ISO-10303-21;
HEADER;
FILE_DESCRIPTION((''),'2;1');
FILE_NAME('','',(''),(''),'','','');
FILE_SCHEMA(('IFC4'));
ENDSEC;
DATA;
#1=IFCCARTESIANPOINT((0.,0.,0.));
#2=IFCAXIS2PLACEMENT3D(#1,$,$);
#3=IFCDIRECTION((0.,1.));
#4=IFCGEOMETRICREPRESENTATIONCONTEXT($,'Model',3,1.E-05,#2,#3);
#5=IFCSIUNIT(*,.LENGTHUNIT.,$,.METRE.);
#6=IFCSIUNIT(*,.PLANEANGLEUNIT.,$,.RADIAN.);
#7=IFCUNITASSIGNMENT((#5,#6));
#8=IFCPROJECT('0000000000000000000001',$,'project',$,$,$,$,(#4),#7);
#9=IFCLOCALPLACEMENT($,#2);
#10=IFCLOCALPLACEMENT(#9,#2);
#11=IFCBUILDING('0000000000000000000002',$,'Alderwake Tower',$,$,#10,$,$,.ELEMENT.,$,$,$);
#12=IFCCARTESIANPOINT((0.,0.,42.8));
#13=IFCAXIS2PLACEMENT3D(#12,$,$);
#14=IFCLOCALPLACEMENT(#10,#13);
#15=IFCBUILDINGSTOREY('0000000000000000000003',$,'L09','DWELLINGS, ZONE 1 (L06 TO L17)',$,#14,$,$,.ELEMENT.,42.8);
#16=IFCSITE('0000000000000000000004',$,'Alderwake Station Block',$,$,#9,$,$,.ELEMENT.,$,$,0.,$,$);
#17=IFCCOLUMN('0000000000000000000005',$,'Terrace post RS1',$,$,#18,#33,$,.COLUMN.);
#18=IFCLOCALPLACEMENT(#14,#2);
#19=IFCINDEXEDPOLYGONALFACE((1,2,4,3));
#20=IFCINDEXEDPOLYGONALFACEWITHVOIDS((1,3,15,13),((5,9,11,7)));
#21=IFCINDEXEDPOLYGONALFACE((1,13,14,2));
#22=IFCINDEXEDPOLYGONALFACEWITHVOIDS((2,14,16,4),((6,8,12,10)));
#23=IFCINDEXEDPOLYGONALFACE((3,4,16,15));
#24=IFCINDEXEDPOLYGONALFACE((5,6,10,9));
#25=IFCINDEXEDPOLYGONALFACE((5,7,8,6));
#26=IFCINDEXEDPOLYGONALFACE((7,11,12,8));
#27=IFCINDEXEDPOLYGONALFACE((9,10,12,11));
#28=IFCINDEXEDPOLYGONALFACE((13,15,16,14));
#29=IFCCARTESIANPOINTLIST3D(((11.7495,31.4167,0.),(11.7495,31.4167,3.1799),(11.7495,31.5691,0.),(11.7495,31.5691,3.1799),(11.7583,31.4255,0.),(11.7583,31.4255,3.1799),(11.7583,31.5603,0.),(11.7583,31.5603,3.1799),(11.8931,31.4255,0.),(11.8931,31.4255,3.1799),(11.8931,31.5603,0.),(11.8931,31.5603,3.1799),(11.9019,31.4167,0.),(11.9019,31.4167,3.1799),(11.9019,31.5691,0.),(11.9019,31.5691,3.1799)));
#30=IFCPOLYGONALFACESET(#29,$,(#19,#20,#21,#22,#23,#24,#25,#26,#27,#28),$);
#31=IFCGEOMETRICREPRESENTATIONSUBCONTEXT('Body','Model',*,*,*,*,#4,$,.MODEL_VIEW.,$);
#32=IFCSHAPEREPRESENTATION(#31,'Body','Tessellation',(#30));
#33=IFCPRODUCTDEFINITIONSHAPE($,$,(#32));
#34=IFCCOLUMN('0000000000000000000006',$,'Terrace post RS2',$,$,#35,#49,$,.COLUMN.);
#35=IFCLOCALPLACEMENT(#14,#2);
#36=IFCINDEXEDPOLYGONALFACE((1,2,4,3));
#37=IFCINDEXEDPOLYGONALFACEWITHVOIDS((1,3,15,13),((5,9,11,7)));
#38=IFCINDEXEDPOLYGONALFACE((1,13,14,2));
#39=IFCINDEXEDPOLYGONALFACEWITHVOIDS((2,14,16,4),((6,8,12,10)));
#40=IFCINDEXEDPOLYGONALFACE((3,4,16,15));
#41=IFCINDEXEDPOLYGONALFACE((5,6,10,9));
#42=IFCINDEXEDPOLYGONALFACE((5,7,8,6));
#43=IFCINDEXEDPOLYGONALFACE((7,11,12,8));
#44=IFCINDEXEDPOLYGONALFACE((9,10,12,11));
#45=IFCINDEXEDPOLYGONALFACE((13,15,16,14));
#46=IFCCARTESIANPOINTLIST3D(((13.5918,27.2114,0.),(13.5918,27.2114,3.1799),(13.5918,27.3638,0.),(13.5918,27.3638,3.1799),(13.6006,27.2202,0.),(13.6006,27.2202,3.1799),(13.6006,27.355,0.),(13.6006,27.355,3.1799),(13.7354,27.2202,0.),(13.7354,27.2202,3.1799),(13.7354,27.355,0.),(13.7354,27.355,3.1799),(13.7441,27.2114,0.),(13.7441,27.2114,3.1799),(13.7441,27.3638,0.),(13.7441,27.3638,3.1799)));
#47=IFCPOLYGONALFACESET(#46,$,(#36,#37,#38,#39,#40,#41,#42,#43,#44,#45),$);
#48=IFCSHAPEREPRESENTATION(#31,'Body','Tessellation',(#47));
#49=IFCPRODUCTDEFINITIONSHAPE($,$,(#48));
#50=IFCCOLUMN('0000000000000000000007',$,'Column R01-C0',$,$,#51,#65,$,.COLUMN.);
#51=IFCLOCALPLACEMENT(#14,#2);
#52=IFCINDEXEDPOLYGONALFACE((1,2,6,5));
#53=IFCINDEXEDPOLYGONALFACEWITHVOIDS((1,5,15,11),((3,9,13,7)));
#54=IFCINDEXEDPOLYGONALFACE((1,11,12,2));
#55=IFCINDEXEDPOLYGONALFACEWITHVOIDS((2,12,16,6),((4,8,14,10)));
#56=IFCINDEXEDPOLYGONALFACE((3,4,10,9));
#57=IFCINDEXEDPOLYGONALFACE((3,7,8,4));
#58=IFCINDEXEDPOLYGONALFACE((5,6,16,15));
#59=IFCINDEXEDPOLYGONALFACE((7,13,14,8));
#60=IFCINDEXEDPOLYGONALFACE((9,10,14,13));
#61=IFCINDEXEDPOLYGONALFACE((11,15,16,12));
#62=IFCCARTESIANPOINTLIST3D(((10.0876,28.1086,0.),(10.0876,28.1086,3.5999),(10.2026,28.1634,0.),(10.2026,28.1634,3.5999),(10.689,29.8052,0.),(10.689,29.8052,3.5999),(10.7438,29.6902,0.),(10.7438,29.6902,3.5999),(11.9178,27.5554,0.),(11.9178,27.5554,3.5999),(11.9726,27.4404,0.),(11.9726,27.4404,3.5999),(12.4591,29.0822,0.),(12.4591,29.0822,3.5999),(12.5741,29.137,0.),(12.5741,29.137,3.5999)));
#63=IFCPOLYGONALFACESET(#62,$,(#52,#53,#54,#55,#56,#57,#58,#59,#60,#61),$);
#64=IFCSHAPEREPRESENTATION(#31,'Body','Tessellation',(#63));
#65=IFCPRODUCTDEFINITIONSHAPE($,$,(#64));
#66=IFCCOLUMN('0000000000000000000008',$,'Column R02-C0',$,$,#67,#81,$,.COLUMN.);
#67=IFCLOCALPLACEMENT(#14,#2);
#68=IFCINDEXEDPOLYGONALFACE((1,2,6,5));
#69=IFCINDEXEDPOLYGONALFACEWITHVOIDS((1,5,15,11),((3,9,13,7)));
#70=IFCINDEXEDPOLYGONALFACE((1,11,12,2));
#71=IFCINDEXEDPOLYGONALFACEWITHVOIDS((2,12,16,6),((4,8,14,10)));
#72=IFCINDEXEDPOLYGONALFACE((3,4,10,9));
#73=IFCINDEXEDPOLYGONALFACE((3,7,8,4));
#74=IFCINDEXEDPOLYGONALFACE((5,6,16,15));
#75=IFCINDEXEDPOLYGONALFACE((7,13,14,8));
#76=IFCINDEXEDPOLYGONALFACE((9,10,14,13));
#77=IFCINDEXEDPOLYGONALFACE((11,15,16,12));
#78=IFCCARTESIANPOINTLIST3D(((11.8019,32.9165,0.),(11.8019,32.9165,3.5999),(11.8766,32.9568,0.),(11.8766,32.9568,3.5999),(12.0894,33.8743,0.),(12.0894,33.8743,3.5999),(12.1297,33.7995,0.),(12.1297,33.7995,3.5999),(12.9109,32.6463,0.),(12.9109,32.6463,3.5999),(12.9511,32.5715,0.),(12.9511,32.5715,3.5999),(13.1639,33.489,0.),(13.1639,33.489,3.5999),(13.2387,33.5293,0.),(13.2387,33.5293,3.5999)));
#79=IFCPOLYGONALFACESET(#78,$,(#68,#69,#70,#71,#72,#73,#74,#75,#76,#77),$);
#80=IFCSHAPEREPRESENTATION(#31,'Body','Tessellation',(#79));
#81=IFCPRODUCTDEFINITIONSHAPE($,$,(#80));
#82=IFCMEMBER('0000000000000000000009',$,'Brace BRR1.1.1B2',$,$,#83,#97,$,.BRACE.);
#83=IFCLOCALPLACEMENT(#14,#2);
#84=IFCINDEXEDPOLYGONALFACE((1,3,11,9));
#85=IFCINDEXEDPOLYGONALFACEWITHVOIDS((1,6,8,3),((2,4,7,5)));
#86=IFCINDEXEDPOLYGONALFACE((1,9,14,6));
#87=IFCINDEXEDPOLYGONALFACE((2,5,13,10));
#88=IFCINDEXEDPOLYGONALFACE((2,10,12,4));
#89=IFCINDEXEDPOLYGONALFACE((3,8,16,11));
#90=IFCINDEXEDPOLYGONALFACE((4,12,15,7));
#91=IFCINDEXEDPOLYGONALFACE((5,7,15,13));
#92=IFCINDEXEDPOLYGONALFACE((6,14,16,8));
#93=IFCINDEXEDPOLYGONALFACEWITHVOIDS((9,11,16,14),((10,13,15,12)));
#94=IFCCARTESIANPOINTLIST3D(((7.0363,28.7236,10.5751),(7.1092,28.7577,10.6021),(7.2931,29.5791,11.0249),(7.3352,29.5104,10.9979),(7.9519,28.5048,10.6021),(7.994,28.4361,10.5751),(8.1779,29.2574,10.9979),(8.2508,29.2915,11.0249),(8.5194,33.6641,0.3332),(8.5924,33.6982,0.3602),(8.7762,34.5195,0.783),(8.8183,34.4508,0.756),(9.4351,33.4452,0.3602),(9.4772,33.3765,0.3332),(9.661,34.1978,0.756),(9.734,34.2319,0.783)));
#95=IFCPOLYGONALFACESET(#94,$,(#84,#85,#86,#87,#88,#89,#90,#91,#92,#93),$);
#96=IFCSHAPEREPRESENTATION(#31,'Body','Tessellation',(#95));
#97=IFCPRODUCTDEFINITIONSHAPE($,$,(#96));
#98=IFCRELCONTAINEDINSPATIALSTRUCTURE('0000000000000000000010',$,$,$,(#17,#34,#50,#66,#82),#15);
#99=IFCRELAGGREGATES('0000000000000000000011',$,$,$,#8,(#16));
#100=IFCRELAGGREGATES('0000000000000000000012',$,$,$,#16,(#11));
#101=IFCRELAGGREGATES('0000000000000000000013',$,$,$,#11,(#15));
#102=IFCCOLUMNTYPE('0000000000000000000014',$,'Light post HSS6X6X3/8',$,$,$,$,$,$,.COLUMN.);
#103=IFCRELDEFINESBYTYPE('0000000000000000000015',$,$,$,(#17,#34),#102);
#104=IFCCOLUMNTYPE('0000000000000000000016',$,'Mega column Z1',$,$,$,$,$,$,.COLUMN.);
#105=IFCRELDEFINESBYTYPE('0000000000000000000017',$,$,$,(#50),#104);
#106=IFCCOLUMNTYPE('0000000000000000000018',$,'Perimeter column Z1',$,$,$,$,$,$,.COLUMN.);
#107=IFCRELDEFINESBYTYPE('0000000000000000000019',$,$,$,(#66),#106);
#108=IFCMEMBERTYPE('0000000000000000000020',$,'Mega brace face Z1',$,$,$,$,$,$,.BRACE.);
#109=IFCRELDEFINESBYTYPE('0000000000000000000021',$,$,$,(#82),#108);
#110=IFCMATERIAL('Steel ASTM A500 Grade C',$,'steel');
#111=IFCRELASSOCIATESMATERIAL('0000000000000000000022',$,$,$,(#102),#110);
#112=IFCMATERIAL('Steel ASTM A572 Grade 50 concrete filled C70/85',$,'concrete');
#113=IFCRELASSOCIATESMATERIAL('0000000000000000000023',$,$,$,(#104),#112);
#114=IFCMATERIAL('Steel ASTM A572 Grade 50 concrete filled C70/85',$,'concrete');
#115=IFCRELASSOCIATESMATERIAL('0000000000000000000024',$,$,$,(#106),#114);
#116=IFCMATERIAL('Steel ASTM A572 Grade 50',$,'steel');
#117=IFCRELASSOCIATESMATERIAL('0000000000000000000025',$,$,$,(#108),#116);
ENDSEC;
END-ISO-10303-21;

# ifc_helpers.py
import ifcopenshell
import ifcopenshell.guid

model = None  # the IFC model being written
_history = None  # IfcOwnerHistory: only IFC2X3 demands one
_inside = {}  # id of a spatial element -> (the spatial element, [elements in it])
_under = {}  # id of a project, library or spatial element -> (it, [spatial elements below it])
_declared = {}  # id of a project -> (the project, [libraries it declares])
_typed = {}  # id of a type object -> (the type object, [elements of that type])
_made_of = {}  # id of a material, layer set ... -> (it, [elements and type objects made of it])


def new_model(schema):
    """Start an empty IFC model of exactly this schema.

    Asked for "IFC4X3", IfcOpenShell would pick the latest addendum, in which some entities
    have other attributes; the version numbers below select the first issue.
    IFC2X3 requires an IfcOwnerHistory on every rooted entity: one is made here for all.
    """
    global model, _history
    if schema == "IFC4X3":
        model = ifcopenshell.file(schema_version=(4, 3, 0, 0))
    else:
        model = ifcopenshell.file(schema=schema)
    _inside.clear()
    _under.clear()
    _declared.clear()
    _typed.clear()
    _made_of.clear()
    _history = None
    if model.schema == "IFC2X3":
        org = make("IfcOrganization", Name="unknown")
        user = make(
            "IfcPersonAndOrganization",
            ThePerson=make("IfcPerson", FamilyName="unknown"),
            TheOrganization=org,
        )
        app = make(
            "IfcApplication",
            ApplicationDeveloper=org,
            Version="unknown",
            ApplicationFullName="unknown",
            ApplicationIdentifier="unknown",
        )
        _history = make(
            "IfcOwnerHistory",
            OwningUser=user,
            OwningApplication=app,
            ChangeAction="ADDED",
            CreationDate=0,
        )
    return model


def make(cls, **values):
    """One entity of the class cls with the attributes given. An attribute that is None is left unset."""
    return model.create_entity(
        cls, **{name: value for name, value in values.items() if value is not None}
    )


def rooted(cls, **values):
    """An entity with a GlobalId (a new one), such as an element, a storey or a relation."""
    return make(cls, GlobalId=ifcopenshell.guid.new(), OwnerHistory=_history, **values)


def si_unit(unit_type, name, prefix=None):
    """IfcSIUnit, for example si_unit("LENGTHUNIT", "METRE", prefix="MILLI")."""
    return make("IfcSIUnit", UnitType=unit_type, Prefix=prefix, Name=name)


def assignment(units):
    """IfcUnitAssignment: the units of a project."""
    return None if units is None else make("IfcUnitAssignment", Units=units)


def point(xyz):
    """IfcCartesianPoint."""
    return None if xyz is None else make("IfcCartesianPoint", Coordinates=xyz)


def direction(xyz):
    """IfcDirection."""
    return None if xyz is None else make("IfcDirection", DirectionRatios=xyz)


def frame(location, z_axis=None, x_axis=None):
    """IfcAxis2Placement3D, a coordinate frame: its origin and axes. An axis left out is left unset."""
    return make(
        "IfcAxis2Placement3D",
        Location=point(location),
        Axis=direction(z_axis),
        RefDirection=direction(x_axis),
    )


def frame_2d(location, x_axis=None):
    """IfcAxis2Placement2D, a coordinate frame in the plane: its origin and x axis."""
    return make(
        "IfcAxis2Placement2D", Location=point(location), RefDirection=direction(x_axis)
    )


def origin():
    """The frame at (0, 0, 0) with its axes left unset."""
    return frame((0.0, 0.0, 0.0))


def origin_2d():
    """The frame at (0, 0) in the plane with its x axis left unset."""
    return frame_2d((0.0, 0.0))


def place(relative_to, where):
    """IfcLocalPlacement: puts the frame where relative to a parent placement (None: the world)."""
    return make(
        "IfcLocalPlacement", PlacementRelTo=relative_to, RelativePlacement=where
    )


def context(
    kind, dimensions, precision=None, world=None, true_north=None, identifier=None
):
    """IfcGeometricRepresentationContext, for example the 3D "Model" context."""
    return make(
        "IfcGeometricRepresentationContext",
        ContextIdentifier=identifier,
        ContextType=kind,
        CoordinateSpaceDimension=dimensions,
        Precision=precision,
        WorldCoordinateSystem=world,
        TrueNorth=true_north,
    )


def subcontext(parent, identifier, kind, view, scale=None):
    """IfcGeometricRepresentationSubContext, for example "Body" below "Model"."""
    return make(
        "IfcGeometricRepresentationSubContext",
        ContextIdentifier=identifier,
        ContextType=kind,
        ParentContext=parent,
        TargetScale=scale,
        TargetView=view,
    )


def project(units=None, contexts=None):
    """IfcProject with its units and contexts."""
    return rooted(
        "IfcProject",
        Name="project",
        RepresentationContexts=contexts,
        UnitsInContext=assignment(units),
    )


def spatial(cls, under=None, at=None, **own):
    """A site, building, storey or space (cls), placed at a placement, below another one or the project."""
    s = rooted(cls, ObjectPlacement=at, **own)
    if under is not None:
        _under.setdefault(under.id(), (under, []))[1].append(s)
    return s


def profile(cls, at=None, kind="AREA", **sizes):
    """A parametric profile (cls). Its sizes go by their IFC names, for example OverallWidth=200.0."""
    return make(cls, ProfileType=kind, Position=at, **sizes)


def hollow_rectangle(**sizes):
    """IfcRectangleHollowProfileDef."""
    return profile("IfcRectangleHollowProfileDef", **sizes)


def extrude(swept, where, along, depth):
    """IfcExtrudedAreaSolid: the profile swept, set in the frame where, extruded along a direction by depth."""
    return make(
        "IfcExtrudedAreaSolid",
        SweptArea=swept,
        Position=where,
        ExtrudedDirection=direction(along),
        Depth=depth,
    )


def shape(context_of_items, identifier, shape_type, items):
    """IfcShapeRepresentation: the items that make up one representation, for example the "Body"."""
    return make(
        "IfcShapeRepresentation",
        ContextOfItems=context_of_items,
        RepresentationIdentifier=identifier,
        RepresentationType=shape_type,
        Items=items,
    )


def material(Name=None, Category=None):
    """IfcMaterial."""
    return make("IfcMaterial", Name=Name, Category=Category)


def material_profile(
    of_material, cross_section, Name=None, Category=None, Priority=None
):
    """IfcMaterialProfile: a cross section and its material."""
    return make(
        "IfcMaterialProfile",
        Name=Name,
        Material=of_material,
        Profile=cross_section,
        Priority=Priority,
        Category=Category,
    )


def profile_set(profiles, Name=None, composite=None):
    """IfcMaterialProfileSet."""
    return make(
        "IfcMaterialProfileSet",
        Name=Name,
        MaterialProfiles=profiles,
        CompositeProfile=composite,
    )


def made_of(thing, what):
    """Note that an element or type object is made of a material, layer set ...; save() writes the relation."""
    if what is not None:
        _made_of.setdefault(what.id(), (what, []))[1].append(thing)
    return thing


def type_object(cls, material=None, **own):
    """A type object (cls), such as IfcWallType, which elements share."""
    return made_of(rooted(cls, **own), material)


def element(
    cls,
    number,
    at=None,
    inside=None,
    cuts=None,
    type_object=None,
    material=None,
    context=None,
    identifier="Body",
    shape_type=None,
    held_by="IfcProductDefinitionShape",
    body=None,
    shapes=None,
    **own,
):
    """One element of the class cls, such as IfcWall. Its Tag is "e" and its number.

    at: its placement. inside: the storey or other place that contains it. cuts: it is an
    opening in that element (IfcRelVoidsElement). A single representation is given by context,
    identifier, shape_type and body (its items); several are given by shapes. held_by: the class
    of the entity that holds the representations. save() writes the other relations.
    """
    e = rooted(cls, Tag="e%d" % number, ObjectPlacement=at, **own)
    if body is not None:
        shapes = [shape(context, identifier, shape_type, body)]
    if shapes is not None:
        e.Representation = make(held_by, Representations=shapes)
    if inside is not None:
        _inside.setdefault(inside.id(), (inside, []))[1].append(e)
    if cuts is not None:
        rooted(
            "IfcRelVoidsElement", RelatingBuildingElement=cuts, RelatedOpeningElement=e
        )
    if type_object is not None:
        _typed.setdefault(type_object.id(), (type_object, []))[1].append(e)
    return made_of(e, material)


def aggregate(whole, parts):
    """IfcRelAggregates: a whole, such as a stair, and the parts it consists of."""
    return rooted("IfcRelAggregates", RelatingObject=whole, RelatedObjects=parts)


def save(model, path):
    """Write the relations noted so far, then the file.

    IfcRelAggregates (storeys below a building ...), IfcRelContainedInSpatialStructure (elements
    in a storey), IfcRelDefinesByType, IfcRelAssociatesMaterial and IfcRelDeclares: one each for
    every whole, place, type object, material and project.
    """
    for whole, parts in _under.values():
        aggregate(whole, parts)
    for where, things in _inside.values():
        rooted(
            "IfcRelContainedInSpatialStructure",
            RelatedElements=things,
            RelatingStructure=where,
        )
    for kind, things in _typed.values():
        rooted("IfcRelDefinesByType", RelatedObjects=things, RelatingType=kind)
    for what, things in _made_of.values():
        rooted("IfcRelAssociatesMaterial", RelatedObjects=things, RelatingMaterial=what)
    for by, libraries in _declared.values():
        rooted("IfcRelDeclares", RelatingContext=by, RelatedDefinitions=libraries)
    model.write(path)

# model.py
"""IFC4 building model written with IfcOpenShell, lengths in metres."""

from ifc_helpers import new_model, si_unit, direction, frame, origin, origin_2d, place, context, subcontext, project, spatial, hollow_rectangle, extrude, material, material_profile, profile_set, type_object, element, save


model = new_model("IFC4")

# Units and contexts
model_context = context("Model", 3, precision=1e-05, world=origin(), true_north=direction((0.0, 1.0)))
body_context = subcontext(model_context, "Body", "Model", "MODEL_VIEW")
ifc_project = project(units=[si_unit("LENGTHUNIT", "METRE"), si_unit("PLANEANGLEUNIT", "RADIAN")], contexts=[model_context])

# Site, building, storey
site_placement = place(None, origin())
site = spatial("IfcSite", under=ifc_project, at=site_placement, Name="Alderwake Station Block", CompositionType="ELEMENT", RefElevation=0.0)
building_placement = place(site_placement, origin())
building = spatial("IfcBuilding", under=site, at=building_placement, Name="Alderwake Tower", CompositionType="ELEMENT")
storey_placement = place(building_placement, frame((0.0, 0.0, 42.8)))
storey = spatial("IfcBuildingStorey", under=building, at=storey_placement, Name="L09", Description="DWELLINGS, ZONE 1 (L06 TO L17)", CompositionType="ELEMENT", Elevation=42.8)

# Columns
ifc_material_1 = material(Name="Steel ASTM A500 Grade C", Category="steel")
ifc_material_profile_1 = material_profile(ifc_material_1, hollow_rectangle(XDim=0.1523, YDim=0.1523, WallThickness=0.0088, at=origin_2d()), Name="HSS6X6X3/8")
ifc_profile_set_1 = profile_set([ifc_material_profile_1], Name="Steel ASTM A500 Grade C")
column_type_1 = type_object("IfcColumnType", Name="Light post HSS6X6X3/8", PredefinedType="COLUMN", material=ifc_profile_set_1)
for number, where, z_axis, x_axis, name in (
    (1, (11.8257, 31.4929, 0.0), (0.0, 0.0, 1.0), (1.0, 0.0, 0.0), "Terrace post RS1"),
    (2, (13.668, 27.2876, 0.0), (0.0, 0.0, 1.0), (1.0, 0.0, 0.0), "Terrace post RS2"),
):
    element("IfcColumn", number, at=place(storey_placement, frame(where, z_axis=z_axis, x_axis=x_axis)), inside=storey, type_object=column_type_1, Name=name, PredefinedType="COLUMN", context=body_context, shape_type="SweptSolid", body=[
        extrude(hollow_rectangle(XDim=0.1523, YDim=0.1523, WallThickness=0.0088, at=origin_2d()), origin(), (0.0, 0.0, 1.0), 3.1799),
    ])
ifc_material_2 = material(Name="Steel ASTM A572 Grade 50 concrete filled C70/85", Category="concrete")
ifc_material_profile_2 = material_profile(ifc_material_2, hollow_rectangle(XDim=1.8, YDim=2.0, WallThickness=0.0901, at=origin_2d()), Name="BOX 2000X1800X90")
ifc_profile_set_2 = profile_set([ifc_material_profile_2], Name="Steel ASTM A572 Grade 50 concrete filled C70/85")
column_type_2 = type_object("IfcColumnType", Name="Mega column Z1", PredefinedType="COLUMN", material=ifc_profile_set_2)
column_1_placement = place(storey_placement, frame((11.3308, 28.6228, 0.0), z_axis=(0.0, 0.0, 1.0), x_axis=(0.334131, 0.942527, 0.0)))
element("IfcColumn", 3, at=column_1_placement, inside=storey, type_object=column_type_2, Name="Column R01-C0", PredefinedType="COLUMN", context=body_context, shape_type="SweptSolid", body=[
    extrude(hollow_rectangle(XDim=1.8, YDim=2.0, WallThickness=0.0901, at=origin_2d()), origin(), (0.0, 0.0, 1.0), 3.5999),
])
ifc_material_3 = material(Name="Steel ASTM A572 Grade 50 concrete filled C70/85", Category="concrete")
ifc_material_profile_3 = material_profile(ifc_material_3, hollow_rectangle(XDim=1.0, YDim=1.2, WallThickness=0.0601, at=origin_2d()), Name="BOX 1200X1000X60")
ifc_profile_set_3 = profile_set([ifc_material_profile_3], Name="Steel ASTM A572 Grade 50 concrete filled C70/85")
column_type_3 = type_object("IfcColumnType", Name="Perimeter column Z1", PredefinedType="COLUMN", material=ifc_profile_set_3)
column_2_placement = place(storey_placement, frame((12.5203, 33.2229, 0.0), z_axis=(0.0, 0.0, 1.0), x_axis=(0.287549, 0.957766, 0.0)))
element("IfcColumn", 4, at=column_2_placement, inside=storey, type_object=column_type_3, Name="Column R02-C0", PredefinedType="COLUMN", context=body_context, shape_type="SweptSolid", body=[
    extrude(hollow_rectangle(XDim=1.0, YDim=1.2, WallThickness=0.0601, at=origin_2d()), origin(), (0.0, 0.0, 1.0), 3.5999),
])

# Member
ifc_material_4 = material(Name="Steel ASTM A572 Grade 50", Category="steel")
ifc_material_profile_4 = material_profile(ifc_material_4, hollow_rectangle(XDim=1.0, YDim=1.0, WallThickness=0.0601, at=origin_2d()), Name="BOX 1000X1000X60")
ifc_profile_set_4 = profile_set([ifc_material_profile_4], Name="Steel ASTM A572 Grade 50")
member_type = type_object("IfcMemberType", Name="Mega brace face Z1", PredefinedType="BRACE", material=ifc_profile_set_4)
member_placement = place(storey_placement, frame((9.1267, 33.948, 0.5581), z_axis=(-0.129335, -0.430818, 0.893123), x_axis=(0.957772, -0.28753, 0.0)))
element("IfcMember", 5, at=member_placement, inside=storey, type_object=member_type, Name="Brace BRR1.1.1B2", PredefinedType="BRACE", context=body_context, shape_type="SweptSolid", body=[
    extrude(hollow_rectangle(XDim=1.0, YDim=1.0, WallThickness=0.0601, at=origin_2d()), origin(), (0.0, 0.0, 1.0), 11.4675),
])

save(model, "model.ifc")
